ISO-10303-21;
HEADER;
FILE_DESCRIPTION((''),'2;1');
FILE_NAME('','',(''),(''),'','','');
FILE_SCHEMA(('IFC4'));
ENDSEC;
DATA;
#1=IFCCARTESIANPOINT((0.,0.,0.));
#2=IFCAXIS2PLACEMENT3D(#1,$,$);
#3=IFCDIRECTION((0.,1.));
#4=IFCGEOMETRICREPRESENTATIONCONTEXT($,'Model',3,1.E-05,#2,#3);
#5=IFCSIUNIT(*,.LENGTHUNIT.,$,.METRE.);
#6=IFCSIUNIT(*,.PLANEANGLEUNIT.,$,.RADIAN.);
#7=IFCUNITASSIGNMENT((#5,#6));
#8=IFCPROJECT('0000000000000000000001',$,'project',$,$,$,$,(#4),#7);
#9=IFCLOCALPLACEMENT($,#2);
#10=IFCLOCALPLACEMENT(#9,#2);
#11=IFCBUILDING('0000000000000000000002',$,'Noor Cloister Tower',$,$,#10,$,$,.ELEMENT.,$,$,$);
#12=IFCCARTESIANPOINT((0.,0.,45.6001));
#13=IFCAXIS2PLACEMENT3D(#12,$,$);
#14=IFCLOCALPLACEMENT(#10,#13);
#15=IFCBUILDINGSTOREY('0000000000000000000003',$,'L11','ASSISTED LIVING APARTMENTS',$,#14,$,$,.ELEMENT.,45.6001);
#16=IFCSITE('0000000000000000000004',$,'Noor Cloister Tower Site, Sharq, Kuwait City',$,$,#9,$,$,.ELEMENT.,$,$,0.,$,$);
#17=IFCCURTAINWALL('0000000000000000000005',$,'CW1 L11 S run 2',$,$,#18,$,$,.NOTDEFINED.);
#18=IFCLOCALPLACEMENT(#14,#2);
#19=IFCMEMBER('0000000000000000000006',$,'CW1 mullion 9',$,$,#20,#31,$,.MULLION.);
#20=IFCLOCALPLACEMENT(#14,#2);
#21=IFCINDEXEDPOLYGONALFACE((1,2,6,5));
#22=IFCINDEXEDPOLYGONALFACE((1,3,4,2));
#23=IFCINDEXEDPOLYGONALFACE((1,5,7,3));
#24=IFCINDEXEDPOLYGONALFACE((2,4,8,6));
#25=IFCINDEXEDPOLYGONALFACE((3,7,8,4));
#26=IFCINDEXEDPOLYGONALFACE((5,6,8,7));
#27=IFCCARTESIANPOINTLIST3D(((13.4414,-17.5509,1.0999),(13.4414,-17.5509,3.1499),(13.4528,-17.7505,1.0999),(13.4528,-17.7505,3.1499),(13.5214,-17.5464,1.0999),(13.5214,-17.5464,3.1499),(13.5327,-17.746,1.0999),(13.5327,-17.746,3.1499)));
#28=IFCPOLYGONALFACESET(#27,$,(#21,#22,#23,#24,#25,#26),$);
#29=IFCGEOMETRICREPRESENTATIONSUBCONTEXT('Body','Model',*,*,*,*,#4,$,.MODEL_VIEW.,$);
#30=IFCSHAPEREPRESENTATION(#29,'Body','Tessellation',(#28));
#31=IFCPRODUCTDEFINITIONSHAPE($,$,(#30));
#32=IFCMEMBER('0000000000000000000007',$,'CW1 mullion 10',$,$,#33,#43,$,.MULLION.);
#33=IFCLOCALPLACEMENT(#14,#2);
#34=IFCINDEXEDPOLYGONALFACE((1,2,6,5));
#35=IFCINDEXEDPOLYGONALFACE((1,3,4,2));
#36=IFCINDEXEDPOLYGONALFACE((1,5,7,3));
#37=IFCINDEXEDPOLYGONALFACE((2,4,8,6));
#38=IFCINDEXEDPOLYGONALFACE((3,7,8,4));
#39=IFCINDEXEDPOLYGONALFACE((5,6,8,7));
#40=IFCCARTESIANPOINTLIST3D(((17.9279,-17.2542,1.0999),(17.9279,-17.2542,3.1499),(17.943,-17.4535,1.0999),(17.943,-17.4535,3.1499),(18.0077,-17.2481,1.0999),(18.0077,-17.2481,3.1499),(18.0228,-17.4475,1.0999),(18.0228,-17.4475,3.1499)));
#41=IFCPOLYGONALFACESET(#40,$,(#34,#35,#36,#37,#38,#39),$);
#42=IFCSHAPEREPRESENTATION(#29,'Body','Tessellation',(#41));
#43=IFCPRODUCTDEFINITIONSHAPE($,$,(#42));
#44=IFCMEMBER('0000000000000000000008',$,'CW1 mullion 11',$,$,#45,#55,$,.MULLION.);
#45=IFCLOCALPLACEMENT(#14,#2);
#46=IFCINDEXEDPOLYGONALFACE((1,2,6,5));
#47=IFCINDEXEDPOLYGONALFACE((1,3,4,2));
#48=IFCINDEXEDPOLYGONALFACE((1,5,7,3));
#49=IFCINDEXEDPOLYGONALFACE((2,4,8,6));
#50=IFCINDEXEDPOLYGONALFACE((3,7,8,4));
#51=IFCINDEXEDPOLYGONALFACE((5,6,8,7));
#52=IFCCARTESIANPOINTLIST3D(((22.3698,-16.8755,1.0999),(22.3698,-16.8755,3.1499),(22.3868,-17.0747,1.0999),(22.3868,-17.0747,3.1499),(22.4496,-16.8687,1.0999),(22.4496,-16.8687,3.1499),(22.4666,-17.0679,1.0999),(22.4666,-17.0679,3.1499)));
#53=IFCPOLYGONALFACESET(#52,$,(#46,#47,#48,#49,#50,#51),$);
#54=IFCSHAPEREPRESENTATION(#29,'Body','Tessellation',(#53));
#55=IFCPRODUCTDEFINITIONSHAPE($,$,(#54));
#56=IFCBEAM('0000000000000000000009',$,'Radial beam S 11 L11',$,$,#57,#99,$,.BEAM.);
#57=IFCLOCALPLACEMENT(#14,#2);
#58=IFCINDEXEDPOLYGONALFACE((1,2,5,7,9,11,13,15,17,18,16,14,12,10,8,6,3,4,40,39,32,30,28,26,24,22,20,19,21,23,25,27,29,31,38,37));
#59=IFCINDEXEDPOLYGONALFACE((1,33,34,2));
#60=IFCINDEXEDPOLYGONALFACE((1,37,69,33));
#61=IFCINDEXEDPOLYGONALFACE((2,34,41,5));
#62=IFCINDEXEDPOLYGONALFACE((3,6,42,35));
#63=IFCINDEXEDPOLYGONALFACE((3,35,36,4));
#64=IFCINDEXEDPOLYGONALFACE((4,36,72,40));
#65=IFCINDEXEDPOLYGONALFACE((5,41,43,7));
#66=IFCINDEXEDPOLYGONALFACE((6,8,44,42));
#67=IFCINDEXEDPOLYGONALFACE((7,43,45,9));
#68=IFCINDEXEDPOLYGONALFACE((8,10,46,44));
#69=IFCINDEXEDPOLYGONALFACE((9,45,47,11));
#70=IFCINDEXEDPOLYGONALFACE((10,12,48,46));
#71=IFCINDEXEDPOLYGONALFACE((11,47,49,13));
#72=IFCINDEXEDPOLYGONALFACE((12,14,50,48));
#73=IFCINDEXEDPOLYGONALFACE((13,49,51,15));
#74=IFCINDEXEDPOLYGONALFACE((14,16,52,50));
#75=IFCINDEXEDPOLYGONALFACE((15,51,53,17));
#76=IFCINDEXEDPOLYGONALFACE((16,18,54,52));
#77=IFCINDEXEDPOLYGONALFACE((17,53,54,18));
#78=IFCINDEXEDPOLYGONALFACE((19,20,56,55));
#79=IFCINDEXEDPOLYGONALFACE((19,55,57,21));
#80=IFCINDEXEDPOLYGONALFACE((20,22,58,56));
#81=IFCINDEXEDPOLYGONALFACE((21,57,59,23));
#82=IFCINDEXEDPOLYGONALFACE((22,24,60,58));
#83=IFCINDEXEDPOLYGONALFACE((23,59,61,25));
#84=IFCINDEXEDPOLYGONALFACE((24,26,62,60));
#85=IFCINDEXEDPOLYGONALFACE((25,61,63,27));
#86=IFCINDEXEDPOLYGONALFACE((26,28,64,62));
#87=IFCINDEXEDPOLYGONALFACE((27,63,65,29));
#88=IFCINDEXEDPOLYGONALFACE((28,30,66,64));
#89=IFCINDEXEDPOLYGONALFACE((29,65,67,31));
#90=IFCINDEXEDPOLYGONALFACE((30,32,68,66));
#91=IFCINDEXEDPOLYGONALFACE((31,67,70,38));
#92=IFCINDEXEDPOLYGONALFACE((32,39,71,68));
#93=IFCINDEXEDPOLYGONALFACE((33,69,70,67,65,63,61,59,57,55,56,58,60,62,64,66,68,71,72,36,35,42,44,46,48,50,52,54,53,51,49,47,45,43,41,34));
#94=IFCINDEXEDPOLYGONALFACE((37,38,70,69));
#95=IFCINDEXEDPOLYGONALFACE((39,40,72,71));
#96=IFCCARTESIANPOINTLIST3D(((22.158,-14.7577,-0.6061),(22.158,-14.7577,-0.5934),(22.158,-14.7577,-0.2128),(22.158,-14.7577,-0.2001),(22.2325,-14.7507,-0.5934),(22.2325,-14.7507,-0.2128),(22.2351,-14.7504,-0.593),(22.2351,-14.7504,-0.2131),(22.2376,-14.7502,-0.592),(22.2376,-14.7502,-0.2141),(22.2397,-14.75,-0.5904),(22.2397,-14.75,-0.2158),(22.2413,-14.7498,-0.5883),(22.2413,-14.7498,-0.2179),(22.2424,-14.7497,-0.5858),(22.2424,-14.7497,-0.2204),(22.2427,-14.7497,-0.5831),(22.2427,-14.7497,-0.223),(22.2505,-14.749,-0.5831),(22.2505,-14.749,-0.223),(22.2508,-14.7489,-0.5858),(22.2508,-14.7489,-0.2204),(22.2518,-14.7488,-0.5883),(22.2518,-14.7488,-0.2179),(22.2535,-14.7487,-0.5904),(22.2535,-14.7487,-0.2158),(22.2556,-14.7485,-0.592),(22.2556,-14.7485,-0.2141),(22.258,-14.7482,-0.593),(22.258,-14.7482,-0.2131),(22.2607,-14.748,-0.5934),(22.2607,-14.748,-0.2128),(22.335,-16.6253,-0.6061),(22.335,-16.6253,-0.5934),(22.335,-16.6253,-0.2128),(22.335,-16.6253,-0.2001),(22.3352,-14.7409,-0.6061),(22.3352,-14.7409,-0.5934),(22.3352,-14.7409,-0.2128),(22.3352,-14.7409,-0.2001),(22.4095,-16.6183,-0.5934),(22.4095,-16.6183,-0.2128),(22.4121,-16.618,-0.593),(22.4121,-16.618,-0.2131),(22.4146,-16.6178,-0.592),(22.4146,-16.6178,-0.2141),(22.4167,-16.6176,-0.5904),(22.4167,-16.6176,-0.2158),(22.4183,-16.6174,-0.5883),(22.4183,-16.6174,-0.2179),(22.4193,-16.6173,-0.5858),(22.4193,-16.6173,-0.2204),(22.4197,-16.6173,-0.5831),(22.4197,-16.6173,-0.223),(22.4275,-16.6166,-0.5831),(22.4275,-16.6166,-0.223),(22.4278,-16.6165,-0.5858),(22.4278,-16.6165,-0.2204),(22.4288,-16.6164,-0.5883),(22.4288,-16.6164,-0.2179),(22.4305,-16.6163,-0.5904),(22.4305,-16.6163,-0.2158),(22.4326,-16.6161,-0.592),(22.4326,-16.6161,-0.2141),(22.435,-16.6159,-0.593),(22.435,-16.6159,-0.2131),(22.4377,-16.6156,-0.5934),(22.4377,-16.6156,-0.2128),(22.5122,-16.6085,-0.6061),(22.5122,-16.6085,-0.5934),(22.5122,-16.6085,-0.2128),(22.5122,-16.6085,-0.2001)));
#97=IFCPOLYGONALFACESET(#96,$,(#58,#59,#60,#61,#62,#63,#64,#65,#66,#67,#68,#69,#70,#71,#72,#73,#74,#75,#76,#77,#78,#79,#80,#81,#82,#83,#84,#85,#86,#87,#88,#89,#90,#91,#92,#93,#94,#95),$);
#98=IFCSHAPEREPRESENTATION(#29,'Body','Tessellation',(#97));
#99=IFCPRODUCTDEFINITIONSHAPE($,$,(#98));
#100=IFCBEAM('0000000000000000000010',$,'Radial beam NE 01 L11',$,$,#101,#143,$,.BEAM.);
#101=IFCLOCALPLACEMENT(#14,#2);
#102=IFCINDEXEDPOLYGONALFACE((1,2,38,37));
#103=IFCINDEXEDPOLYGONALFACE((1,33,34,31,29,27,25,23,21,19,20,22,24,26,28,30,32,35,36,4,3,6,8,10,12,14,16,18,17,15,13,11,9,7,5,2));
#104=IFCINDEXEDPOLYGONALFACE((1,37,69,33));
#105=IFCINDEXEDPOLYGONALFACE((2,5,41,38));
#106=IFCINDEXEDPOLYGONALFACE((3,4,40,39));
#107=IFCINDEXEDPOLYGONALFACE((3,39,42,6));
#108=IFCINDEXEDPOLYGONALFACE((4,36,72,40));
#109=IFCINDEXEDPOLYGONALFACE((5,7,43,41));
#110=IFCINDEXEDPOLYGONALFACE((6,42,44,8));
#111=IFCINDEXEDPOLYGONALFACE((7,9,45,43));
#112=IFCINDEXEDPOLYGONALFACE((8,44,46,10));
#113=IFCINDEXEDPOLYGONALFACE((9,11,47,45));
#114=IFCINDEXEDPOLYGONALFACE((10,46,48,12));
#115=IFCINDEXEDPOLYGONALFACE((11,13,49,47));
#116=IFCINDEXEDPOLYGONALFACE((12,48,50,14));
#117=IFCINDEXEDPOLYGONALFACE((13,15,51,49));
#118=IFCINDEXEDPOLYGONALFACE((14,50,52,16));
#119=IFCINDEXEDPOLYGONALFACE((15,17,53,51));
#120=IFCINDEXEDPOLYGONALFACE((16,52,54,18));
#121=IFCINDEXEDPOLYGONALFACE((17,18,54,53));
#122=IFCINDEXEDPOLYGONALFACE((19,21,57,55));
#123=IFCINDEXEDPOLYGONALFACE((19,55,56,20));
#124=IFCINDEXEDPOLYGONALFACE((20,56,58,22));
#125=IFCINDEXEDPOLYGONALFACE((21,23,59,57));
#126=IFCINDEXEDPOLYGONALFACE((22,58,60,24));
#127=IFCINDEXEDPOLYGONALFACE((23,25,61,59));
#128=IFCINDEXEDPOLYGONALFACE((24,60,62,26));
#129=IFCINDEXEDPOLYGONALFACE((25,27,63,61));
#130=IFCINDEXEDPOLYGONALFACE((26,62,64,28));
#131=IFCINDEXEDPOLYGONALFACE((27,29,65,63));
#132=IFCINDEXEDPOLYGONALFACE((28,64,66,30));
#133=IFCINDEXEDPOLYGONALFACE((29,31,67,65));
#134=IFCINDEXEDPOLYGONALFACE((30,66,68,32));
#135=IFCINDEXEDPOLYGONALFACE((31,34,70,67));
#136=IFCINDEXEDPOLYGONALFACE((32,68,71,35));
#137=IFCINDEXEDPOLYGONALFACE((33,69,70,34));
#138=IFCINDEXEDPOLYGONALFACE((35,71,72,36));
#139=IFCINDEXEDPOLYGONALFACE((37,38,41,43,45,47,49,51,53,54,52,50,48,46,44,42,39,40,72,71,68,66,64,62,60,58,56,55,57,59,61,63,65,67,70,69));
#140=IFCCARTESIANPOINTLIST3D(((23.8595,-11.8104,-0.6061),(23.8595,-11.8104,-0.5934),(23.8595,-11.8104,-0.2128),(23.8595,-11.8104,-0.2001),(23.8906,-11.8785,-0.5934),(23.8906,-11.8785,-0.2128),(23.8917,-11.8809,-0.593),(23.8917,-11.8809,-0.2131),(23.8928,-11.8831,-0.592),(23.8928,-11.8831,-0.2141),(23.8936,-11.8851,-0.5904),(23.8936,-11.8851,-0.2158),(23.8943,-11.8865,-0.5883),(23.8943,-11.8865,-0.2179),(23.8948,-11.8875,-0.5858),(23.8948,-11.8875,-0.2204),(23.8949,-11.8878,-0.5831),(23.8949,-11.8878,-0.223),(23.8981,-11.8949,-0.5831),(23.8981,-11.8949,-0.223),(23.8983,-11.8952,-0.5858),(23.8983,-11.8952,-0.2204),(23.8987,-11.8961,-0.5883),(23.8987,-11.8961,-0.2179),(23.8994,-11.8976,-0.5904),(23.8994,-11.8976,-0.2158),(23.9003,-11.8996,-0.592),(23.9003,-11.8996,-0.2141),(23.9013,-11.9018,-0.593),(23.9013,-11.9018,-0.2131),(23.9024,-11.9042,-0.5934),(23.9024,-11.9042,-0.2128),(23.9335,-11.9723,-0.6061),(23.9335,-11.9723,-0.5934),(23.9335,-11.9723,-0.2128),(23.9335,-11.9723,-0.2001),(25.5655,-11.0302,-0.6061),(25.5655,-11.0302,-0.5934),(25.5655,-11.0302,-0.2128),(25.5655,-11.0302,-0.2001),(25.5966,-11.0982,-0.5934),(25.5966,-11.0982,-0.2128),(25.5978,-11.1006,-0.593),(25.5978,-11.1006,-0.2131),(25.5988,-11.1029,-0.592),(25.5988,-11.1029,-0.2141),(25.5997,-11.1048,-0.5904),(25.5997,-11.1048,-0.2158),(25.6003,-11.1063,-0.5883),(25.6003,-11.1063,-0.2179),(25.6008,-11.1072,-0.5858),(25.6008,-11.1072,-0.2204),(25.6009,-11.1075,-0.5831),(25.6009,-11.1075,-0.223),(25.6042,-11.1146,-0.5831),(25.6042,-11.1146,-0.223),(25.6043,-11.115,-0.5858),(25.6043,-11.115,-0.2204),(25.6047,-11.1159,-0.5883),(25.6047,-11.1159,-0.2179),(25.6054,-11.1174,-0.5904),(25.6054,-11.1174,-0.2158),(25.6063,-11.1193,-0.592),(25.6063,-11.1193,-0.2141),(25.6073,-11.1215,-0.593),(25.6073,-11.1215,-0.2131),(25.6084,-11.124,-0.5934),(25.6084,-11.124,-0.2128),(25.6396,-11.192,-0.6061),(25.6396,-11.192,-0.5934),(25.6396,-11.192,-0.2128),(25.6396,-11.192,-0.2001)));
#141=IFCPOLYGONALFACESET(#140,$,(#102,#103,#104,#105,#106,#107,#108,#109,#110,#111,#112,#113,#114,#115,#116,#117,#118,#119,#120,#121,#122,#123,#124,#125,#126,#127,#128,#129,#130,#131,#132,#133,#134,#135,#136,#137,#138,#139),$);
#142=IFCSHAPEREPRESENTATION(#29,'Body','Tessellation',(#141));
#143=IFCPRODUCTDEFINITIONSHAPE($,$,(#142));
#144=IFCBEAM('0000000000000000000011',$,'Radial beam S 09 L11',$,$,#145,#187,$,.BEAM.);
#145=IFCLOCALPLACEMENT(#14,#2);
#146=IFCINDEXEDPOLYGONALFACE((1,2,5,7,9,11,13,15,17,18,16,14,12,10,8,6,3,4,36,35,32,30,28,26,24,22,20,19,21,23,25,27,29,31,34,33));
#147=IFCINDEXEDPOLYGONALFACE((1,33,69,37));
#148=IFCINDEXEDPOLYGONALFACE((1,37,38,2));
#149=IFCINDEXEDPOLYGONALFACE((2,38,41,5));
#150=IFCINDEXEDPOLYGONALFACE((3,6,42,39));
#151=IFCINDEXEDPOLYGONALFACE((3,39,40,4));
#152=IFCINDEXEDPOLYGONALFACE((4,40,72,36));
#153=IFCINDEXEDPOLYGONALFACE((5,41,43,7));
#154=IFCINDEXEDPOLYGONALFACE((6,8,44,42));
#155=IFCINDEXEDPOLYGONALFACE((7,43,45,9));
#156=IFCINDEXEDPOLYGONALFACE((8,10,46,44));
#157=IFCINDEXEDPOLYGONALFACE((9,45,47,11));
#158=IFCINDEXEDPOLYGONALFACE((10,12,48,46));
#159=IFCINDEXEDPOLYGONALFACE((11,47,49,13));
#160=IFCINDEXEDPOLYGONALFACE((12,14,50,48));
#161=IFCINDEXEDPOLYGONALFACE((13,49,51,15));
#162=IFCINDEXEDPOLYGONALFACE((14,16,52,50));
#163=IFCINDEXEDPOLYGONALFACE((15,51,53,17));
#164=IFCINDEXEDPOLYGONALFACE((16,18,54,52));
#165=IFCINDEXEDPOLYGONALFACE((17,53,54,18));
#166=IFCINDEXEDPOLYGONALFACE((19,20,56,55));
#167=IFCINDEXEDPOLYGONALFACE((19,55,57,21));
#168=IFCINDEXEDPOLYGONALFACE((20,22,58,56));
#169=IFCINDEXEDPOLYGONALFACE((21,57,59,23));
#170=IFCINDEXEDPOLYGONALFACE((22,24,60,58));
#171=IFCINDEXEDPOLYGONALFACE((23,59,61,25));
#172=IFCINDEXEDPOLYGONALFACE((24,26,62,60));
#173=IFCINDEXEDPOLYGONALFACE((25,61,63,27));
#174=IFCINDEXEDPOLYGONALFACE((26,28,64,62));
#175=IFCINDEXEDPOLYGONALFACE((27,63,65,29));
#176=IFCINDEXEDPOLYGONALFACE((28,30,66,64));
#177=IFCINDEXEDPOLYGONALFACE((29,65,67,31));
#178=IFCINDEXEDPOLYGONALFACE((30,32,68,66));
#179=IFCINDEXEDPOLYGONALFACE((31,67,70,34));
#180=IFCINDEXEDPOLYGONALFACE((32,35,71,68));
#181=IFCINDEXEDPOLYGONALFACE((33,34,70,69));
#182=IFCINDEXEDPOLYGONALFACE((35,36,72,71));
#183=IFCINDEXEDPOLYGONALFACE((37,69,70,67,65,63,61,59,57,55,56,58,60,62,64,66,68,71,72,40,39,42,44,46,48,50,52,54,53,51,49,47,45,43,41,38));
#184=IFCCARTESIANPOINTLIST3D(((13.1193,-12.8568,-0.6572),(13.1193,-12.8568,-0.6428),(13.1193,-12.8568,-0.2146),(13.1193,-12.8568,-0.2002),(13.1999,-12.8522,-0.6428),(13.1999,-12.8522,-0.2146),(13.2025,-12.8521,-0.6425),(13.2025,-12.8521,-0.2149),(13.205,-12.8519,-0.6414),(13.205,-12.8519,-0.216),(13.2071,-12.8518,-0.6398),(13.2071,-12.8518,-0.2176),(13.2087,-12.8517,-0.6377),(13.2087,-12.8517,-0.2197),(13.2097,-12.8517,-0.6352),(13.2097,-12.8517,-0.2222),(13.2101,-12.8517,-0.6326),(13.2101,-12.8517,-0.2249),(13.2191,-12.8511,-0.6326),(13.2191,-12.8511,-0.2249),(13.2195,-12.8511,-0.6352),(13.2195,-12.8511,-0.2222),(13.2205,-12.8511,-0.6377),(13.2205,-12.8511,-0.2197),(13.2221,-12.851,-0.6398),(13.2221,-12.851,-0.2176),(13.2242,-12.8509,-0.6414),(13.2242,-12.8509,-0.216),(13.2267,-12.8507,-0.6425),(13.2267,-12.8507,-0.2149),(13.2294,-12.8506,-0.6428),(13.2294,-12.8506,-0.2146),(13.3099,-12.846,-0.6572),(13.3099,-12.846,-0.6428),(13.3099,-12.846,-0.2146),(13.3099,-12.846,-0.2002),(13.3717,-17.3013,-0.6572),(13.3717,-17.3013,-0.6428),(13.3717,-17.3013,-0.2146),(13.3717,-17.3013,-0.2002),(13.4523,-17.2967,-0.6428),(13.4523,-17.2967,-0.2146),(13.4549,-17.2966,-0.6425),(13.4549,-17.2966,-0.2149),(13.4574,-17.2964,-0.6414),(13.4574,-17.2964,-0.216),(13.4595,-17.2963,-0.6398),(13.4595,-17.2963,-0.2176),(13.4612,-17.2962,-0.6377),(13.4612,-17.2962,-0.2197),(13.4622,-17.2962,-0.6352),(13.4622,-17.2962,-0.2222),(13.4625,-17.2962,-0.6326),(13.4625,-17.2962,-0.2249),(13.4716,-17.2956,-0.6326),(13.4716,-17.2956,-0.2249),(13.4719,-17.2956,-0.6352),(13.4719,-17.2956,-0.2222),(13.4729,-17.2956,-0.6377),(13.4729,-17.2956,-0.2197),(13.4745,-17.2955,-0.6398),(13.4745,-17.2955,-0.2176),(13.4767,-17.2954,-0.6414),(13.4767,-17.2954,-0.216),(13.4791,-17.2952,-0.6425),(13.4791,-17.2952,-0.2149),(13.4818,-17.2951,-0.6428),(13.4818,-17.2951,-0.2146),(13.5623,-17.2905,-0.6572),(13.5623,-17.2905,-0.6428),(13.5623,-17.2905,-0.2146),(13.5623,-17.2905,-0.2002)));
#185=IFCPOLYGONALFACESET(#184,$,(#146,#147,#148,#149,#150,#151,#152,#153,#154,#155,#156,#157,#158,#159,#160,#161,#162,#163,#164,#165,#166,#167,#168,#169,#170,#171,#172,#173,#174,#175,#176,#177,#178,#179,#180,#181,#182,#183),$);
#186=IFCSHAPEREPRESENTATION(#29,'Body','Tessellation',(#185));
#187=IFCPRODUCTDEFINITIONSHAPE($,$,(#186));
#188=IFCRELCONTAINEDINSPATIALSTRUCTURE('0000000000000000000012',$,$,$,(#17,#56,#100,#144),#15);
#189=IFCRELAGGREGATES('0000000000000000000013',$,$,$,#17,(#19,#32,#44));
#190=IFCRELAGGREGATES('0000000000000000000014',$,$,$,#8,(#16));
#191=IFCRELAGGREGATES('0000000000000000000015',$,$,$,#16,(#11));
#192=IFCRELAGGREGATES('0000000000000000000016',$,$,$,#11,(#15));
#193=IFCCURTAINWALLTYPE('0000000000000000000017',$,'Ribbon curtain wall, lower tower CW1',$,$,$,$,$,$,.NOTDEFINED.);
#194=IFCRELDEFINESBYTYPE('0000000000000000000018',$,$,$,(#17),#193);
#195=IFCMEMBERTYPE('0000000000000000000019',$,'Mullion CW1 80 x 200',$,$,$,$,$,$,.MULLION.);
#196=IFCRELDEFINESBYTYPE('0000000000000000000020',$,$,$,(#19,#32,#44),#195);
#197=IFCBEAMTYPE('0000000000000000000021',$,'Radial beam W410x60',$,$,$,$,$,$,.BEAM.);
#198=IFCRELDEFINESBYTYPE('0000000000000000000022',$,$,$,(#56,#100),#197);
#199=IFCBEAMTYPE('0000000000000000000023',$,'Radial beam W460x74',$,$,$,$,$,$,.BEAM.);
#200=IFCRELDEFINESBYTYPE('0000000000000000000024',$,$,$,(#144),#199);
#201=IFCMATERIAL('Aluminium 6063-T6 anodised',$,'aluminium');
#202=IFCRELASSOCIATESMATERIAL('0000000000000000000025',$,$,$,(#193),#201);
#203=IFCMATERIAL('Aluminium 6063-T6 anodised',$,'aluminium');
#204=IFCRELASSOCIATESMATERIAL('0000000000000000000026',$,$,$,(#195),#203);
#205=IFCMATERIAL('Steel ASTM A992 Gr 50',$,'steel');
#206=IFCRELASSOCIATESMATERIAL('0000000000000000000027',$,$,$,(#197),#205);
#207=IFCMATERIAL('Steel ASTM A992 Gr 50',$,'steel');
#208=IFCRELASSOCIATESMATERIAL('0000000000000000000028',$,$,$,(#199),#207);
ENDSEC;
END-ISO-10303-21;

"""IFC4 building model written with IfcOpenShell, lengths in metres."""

from ifc_helpers import new_model, si_unit, direction, frame, origin, origin_2d, place, context, subcontext, project, spatial, rectangle, i_section, extrude, material, material_profile, profile_set, type_object, element, aggregate, save


model = new_model("IFC4")

# Units and contexts
model_context = context("Model", 3, precision=1e-05, world=origin(), true_north=direction((0.0, 1.0)))
body_context = subcontext(model_context, "Body", "Model", "MODEL_VIEW")
ifc_project = project(units=[si_unit("LENGTHUNIT", "METRE"), si_unit("PLANEANGLEUNIT", "RADIAN")], contexts=[model_context])

# Site, building, storey
site_placement = place(None, origin())
site = spatial("IfcSite", under=ifc_project, at=site_placement, Name="Noor Cloister Tower Site, Sharq, Kuwait City", CompositionType="ELEMENT", RefElevation=0.0)
building_placement = place(site_placement, origin())
building = spatial("IfcBuilding", under=site, at=building_placement, Name="Noor Cloister Tower", CompositionType="ELEMENT")
storey_placement = place(building_placement, frame((0.0, 0.0, 45.6001)))
storey = spatial("IfcBuildingStorey", under=building, at=storey_placement, Name="L11", Description="ASSISTED LIVING APARTMENTS", CompositionType="ELEMENT", Elevation=45.6001)

# Curtain wall, members
ifc_material_1 = material(Name="Aluminium 6063-T6 anodised", Category="aluminium")
curtain_wall_type = type_object("IfcCurtainWallType", Name="Ribbon curtain wall, lower tower CW1", PredefinedType="NOTDEFINED", material=ifc_material_1)
curtain_wall_placement = place(storey_placement, origin())
curtain_wall = element("IfcCurtainWall", 1, at=curtain_wall_placement, inside=storey, type_object=curtain_wall_type, Name="CW1 L11 S run 2", PredefinedType="NOTDEFINED")
ifc_material_2 = material(Name="Aluminium 6063-T6 anodised", Category="aluminium")
ifc_material_profile_1 = material_profile(ifc_material_2, rectangle(XDim=0.2, YDim=0.0801, at=origin_2d()), Name="200 x 80 mullion")
ifc_profile_set_1 = profile_set([ifc_material_profile_1], Name="Aluminium 6063-T6 anodised")
member_type = type_object("IfcMemberType", Name="Mullion CW1 80 x 200", PredefinedType="MULLION", material=ifc_profile_set_1)
member_1_placement = place(storey_placement, frame((13.4871, -17.6484, 1.0999), z_axis=(0.0, 0.0, 1.0), x_axis=(-0.056717, 0.99839, 0.0)))
member_1 = element("IfcMember", 2, at=member_1_placement, type_object=member_type, Name="CW1 mullion 9", PredefinedType="MULLION", context=body_context, shape_type="SweptSolid", body=[
    extrude(rectangle(XDim=0.2, YDim=0.0801, at=origin_2d()), origin(), (0.0, 0.0, 1.0), 2.05),
])
member_2_placement = place(storey_placement, frame((17.9753, -17.3508, 1.0999), z_axis=(0.0, 0.0, 1.0), x_axis=(-0.075591, 0.997139, 0.0)))
member_2 = element("IfcMember", 3, at=member_2_placement, type_object=member_type, Name="CW1 mullion 10", PredefinedType="MULLION", context=body_context, shape_type="SweptSolid", body=[
    extrude(rectangle(XDim=0.2, YDim=0.0801, at=origin_2d()), origin(), (0.0, 0.0, 1.0), 2.05),
])
member_3_placement = place(storey_placement, frame((22.4182, -16.9717, 1.0999), z_axis=(0.0, 0.0, 1.0), x_axis=(-0.085019, 0.996379, 0.0)))
member_3 = element("IfcMember", 4, at=member_3_placement, type_object=member_type, Name="CW1 mullion 11", PredefinedType="MULLION", context=body_context, shape_type="SweptSolid", body=[
    extrude(rectangle(XDim=0.2, YDim=0.0801, at=origin_2d()), origin(), (0.0, 0.0, 1.0), 2.05),
])

# Beams
ifc_material_3 = material(Name="Steel ASTM A992 Gr 50", Category="steel")
ifc_material_profile_2 = material_profile(ifc_material_3, i_section(OverallWidth=0.178, OverallDepth=0.406, WebThickness=0.0078, FlangeThickness=0.0127, FilletRadius=0.0103, at=origin_2d()), Name="W410x60")
ifc_profile_set_2 = profile_set([ifc_material_profile_2], Name="Steel ASTM A992 Gr 50")
beam_type_1 = type_object("IfcBeamType", Name="Radial beam W410x60", PredefinedType="BEAM", material=ifc_profile_set_2)
for number, where, z_axis, x_axis, name in (
    (5, (22.4236, -16.6169, -0.4031), (-0.094348, 0.995539, 0.0), (-0.995539, -0.094348, 0.0), "Radial beam S 11 L11"),
    (6, (25.6025, -11.1111, -0.4031), (-0.909401, -0.41592, 0.0), (0.41592, -0.909401, 0.0), "Radial beam NE 01 L11"),
):
    element("IfcBeam", number, at=place(storey_placement, frame(where, z_axis=z_axis, x_axis=x_axis)), inside=storey, type_object=beam_type_1, Name=name, PredefinedType="BEAM", context=body_context, shape_type="SweptSolid", body=[
        extrude(i_section(OverallWidth=0.178, OverallDepth=0.406, WebThickness=0.0078, FlangeThickness=0.0127, FilletRadius=0.0103, at=origin_2d()), origin(), (0.0, 0.0, 1.0), 1.876),
    ])
ifc_material_4 = material(Name="Steel ASTM A992 Gr 50", Category="steel")
ifc_material_profile_3 = material_profile(ifc_material_4, i_section(OverallWidth=0.1909, OverallDepth=0.457, WebThickness=0.009, FlangeThickness=0.0144, FilletRadius=0.0103, at=origin_2d()), Name="W460x74")
ifc_profile_set_3 = profile_set([ifc_material_profile_3], Name="Steel ASTM A992 Gr 50")
beam_type_2 = type_object("IfcBeamType", Name="Radial beam W460x74", PredefinedType="BEAM", material=ifc_profile_set_3)
beam_1_placement = place(storey_placement, frame((13.467, -17.2959, -0.4287), z_axis=(-0.056706, 0.998391, 0.0), x_axis=(-0.998391, -0.056706, 0.0)))
element("IfcBeam", 7, at=beam_1_placement, inside=storey, type_object=beam_type_2, Name="Radial beam S 09 L11", PredefinedType="BEAM", context=body_context, shape_type="SweptSolid", body=[
    extrude(i_section(OverallWidth=0.1909, OverallDepth=0.457, WebThickness=0.009, FlangeThickness=0.0144, FilletRadius=0.0103, at=origin_2d()), origin(), (0.0, 0.0, 1.0), 4.4517),
])

aggregate(curtain_wall, [member_1, member_2, member_3])

save(model, "model.ifc")
